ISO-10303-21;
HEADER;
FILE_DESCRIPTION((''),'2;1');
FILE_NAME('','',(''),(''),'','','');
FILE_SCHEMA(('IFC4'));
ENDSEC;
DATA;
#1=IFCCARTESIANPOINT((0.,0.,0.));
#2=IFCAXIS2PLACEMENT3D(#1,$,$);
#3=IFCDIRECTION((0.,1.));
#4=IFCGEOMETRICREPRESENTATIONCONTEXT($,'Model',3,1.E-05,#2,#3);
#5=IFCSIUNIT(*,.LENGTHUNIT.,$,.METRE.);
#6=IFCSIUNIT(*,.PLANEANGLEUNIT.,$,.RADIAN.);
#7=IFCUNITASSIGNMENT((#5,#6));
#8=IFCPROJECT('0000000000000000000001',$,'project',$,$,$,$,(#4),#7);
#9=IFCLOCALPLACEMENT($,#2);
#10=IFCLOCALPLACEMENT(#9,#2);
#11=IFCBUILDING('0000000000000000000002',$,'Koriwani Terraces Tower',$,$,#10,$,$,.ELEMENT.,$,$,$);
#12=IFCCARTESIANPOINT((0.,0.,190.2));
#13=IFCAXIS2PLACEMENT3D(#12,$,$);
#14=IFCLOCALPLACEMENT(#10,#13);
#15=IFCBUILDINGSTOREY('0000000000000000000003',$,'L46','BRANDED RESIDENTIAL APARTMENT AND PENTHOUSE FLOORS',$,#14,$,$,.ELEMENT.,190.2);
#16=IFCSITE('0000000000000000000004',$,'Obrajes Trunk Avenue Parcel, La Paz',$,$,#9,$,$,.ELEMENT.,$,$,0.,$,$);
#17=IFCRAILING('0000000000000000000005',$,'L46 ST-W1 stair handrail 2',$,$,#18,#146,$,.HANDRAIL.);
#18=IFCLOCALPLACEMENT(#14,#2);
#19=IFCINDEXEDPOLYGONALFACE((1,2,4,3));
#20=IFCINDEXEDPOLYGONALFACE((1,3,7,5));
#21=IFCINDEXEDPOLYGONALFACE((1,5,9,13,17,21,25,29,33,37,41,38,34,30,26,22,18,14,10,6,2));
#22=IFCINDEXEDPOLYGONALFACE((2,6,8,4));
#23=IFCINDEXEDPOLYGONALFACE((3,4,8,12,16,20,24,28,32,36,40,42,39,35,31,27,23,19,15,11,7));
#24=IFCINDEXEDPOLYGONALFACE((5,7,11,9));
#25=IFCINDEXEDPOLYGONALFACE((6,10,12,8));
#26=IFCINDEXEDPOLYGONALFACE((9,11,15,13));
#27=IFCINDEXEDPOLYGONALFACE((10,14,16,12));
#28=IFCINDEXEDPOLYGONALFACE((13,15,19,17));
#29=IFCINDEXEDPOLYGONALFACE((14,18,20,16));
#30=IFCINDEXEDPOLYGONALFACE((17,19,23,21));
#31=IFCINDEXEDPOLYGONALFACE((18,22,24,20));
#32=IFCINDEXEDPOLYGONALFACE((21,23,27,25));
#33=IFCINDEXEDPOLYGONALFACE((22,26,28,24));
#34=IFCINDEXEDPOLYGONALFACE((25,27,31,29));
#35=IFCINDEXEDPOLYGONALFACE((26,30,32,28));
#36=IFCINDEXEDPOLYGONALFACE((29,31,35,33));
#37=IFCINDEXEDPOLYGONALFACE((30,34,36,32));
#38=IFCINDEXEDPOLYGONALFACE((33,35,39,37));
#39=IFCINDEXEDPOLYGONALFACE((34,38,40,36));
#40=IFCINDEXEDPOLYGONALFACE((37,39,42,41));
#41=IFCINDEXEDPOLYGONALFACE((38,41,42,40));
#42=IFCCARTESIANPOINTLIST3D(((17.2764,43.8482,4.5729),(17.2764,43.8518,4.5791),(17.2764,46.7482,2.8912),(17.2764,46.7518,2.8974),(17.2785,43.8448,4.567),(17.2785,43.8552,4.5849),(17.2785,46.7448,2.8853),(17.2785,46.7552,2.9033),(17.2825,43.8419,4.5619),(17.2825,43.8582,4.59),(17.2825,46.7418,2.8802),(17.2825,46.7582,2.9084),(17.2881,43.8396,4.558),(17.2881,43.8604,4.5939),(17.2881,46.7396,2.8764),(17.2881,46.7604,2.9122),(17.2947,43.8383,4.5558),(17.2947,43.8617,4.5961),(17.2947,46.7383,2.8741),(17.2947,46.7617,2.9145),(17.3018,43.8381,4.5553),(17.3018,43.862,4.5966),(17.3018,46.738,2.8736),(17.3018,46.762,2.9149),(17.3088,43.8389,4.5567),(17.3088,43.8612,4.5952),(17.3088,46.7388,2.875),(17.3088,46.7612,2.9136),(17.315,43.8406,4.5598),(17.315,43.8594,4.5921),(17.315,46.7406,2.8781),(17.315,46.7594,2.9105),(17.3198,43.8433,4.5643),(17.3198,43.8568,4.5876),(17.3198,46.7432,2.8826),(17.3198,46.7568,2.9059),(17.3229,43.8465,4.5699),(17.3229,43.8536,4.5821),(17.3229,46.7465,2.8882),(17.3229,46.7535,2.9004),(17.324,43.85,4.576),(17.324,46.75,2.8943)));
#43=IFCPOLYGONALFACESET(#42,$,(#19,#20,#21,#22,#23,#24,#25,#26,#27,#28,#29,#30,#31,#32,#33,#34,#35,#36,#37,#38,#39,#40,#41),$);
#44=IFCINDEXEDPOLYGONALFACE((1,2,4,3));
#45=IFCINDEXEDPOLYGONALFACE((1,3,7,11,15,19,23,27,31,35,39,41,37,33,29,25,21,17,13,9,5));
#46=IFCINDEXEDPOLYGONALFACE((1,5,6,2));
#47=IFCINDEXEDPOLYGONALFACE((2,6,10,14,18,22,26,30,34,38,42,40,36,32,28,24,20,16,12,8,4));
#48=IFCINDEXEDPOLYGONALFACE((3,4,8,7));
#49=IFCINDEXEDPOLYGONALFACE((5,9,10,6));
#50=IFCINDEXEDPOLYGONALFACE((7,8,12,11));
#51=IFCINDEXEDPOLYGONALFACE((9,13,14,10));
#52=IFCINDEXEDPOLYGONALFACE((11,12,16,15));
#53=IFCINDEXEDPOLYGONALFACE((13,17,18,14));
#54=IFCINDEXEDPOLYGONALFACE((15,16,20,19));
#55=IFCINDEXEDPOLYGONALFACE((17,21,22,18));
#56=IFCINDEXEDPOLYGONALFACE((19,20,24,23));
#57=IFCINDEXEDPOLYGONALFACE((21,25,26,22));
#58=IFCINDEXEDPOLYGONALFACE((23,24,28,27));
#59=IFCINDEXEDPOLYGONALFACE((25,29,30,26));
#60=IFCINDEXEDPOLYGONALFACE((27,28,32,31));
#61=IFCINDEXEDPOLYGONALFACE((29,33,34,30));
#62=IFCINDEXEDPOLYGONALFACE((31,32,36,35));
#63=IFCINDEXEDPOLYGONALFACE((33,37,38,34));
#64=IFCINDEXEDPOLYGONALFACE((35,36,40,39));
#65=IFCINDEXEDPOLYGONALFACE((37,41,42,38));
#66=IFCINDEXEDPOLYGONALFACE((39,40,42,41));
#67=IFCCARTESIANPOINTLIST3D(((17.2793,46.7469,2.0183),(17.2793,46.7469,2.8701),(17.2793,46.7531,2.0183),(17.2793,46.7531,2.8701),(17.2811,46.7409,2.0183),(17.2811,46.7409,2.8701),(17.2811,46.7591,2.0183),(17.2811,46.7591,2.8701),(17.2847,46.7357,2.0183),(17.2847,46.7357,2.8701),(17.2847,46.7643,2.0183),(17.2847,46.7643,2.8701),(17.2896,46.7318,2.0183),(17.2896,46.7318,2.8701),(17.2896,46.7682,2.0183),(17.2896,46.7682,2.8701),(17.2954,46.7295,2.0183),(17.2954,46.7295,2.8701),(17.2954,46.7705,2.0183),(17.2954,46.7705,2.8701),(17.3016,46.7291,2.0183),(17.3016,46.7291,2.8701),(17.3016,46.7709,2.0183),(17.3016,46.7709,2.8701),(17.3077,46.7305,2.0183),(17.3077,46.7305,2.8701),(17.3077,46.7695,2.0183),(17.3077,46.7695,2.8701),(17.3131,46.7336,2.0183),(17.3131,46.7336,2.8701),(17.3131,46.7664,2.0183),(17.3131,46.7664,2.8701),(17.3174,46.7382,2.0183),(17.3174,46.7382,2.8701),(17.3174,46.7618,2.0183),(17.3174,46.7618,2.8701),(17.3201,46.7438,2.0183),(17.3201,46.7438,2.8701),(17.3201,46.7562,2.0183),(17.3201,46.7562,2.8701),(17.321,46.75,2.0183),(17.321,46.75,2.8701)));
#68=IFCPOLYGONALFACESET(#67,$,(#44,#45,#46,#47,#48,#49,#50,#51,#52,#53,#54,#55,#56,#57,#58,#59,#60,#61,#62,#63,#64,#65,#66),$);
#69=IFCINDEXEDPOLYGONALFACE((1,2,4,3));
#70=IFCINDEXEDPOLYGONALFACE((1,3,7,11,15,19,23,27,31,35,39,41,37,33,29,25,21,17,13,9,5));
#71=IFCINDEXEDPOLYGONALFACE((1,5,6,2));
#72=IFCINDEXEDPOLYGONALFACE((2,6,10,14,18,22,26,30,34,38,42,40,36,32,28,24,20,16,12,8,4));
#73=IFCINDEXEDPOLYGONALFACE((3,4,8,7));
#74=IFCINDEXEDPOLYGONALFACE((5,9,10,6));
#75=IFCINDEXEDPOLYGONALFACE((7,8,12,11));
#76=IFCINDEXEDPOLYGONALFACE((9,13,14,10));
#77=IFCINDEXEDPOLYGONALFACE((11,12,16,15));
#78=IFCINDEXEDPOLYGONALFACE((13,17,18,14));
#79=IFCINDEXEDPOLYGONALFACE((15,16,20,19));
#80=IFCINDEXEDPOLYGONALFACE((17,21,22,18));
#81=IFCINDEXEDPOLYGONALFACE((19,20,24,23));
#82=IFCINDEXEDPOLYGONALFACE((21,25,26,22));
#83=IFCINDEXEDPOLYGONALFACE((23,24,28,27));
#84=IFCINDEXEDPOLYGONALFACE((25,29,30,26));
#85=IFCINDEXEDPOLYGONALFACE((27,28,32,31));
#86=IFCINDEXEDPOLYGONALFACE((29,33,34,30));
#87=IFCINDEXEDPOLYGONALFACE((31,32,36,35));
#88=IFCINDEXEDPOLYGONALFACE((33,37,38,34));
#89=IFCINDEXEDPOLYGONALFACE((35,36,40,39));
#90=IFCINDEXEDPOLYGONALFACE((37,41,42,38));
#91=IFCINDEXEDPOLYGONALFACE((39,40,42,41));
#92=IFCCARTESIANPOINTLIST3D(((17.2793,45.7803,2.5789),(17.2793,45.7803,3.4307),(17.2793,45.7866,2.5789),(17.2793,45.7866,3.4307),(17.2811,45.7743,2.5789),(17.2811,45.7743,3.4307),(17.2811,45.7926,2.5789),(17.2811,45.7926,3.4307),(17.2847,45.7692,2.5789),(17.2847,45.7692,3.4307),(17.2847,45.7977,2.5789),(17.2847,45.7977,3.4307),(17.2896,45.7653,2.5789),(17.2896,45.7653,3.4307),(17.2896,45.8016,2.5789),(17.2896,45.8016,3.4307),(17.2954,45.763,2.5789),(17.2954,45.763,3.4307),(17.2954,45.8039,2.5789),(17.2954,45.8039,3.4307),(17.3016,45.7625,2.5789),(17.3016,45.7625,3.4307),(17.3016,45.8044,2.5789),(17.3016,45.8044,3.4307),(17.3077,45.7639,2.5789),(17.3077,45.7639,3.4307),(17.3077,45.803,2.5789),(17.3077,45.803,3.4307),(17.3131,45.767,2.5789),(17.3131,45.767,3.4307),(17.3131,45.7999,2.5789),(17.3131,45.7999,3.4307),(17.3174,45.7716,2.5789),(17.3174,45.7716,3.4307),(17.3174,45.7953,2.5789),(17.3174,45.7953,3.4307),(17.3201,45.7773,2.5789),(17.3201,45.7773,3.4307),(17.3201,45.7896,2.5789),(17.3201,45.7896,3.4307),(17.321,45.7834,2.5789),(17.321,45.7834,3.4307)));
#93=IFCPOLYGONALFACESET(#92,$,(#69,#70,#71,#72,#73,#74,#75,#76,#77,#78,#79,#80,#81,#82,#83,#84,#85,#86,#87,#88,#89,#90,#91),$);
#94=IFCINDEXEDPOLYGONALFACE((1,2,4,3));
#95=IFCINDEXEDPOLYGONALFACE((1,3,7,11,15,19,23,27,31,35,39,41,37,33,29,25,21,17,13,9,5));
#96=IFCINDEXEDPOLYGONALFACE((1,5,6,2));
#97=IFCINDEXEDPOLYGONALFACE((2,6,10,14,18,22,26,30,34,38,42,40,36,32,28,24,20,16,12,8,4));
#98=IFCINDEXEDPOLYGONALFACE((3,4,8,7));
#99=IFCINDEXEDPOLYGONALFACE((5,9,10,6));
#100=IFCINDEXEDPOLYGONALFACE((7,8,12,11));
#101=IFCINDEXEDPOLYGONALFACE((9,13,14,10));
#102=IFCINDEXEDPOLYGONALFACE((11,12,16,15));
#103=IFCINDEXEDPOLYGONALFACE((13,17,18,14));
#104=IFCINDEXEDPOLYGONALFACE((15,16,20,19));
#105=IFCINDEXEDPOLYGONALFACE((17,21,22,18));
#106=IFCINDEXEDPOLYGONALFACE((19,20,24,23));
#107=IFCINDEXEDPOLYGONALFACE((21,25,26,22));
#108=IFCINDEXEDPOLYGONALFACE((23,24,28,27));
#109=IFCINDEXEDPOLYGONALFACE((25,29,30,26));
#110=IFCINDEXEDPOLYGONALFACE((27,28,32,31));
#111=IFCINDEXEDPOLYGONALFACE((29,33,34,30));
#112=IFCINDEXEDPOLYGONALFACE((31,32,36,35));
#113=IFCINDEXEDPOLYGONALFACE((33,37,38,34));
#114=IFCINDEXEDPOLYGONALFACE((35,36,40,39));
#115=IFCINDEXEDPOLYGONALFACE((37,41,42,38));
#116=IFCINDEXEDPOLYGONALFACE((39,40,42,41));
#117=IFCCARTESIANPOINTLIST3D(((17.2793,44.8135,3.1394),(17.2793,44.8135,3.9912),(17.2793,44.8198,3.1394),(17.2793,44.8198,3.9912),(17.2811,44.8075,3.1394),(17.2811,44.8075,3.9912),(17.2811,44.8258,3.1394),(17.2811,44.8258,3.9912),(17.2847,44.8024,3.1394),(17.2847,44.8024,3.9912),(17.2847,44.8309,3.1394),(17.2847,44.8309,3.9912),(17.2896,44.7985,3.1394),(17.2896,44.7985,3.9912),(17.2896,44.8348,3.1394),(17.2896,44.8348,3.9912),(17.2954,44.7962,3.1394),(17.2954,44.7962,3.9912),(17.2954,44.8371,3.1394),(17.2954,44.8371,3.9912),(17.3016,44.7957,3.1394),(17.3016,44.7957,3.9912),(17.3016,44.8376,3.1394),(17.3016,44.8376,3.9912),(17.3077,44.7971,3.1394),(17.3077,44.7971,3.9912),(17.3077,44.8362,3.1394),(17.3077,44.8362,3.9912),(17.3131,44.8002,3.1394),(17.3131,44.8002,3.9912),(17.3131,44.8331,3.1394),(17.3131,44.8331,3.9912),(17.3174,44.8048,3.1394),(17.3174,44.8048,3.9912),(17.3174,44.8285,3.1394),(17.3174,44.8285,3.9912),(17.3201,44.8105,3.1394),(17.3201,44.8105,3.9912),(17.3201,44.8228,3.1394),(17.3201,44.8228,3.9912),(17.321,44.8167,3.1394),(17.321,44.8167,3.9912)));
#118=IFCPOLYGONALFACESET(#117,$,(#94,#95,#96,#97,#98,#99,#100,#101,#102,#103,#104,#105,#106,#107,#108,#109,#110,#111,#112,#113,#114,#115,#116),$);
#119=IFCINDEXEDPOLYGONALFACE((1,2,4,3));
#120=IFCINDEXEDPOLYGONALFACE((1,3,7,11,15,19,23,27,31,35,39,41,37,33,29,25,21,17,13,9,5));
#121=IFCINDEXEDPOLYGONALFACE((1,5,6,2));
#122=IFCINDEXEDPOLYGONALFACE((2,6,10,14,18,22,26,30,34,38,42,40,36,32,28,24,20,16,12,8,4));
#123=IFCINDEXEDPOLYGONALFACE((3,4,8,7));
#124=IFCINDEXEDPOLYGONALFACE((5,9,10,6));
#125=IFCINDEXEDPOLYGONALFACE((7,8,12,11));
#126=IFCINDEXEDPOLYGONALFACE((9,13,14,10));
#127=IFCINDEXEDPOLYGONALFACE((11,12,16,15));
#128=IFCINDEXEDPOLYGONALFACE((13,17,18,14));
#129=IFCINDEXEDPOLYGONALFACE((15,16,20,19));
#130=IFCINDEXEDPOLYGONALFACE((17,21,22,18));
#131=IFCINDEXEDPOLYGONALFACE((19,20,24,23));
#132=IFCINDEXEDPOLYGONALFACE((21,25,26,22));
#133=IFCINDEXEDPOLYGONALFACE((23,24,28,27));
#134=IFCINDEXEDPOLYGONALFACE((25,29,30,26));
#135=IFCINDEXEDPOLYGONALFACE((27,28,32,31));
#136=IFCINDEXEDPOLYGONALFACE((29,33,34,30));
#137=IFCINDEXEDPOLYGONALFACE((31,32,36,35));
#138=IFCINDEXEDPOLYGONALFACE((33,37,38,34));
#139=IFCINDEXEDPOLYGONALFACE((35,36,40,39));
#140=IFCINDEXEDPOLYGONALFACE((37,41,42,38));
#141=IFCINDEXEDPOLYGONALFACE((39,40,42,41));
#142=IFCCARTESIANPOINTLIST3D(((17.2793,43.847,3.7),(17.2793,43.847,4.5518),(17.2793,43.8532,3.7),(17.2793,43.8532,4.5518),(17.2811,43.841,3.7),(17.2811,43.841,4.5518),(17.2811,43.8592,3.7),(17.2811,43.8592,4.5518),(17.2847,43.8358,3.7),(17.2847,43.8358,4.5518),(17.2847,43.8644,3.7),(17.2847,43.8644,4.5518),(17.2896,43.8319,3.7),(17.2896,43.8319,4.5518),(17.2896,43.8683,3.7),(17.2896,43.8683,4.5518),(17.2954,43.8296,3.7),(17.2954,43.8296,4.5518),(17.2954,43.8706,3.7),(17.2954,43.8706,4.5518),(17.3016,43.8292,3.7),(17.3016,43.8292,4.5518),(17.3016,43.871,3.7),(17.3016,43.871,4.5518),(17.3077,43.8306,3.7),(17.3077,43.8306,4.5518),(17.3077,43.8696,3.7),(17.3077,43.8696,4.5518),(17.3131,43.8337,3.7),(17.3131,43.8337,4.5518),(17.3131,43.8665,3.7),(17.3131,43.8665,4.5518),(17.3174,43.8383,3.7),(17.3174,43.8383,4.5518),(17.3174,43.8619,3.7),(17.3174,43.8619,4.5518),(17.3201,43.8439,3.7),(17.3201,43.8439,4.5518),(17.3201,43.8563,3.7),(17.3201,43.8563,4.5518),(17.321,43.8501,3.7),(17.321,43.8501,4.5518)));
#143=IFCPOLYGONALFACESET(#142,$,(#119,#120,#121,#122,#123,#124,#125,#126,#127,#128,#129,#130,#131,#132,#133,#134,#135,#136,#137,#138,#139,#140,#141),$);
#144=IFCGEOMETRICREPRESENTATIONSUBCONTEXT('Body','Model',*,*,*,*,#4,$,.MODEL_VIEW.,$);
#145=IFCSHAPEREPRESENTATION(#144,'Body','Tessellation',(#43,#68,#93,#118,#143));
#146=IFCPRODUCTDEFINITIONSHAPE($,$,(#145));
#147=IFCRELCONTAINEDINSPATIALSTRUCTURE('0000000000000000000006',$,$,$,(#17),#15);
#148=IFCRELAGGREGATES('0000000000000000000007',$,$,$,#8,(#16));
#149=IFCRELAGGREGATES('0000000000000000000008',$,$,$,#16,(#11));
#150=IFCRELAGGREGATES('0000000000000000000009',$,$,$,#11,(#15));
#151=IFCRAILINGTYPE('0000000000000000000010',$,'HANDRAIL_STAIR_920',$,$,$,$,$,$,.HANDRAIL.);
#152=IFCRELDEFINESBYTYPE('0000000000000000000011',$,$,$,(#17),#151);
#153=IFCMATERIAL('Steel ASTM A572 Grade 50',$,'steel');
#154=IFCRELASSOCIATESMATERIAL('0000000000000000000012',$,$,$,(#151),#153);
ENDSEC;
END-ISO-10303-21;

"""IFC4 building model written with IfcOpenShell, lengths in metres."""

from ifc_helpers import new_model, si_unit, direction, frame, origin, origin_2d, place, context, subcontext, project, spatial, circle, extrude, material, type_object, element, save


model = new_model("IFC4")

# Units and contexts
model_context = context("Model", 3, precision=1e-05, world=origin(), true_north=direction((0.0, 1.0)))
body_context = subcontext(model_context, "Body", "Model", "MODEL_VIEW")
ifc_project = project(units=[si_unit("LENGTHUNIT", "METRE"), si_unit("PLANEANGLEUNIT", "RADIAN")], contexts=[model_context])

# Site, building, storey
site_placement = place(None, origin())
site = spatial("IfcSite", under=ifc_project, at=site_placement, Name="Obrajes Trunk Avenue Parcel, La Paz", CompositionType="ELEMENT", RefElevation=0.0)
building_placement = place(site_placement, origin())
building = spatial("IfcBuilding", under=site, at=building_placement, Name="Koriwani Terraces Tower", CompositionType="ELEMENT")
storey_placement = place(building_placement, frame((0.0, 0.0, 190.2)))
storey = spatial("IfcBuildingStorey", under=building, at=storey_placement, Name="L46", Description="BRANDED RESIDENTIAL APARTMENT AND PENTHOUSE FLOORS", CompositionType="ELEMENT", Elevation=190.2)

# Shared definitions
ifc_material_1 = material(Name="Steel ASTM A572 Grade 50", Category="steel")

# Railing
railing_type = type_object("IfcRailingType", Name="HANDRAIL_STAIR_920", PredefinedType="HANDRAIL", material=ifc_material_1)
railing_1_placement = place(storey_placement, frame((17.3, 46.75, 2.0183)))
element("IfcRailing", 1, at=railing_1_placement, inside=storey, type_object=railing_type, Name="L46 ST-W1 stair handrail 2", PredefinedType="HANDRAIL", context=body_context, shape_type="SweptSolid", body=[
    extrude(circle(Radius=0.0239, at=origin_2d()), frame((0.0, 0.0, 0.876), z_axis=(0.0, -0.86507, 0.501651), x_axis=(1.0, 0.0, 0.0)), (0.0, 0.0, 1.0), 3.3523),
    extrude(circle(Radius=0.021, at=origin_2d()), origin(), (0.0, 0.0, 1.0), 0.8518),
    extrude(circle(Radius=0.021, at=origin_2d()), frame((0.0, -0.9666, 0.5605)), (0.0, 0.0, 1.0), 0.8518),
    extrude(circle(Radius=0.021, at=origin_2d()), frame((0.0, -1.9333, 1.1211)), (0.0, 0.0, 1.0), 0.8518),
    extrude(circle(Radius=0.021, at=origin_2d()), frame((0.0, -2.8999, 1.6816)), (0.0, 0.0, 1.0), 0.8518),
])

save(model, "model.ifc")
